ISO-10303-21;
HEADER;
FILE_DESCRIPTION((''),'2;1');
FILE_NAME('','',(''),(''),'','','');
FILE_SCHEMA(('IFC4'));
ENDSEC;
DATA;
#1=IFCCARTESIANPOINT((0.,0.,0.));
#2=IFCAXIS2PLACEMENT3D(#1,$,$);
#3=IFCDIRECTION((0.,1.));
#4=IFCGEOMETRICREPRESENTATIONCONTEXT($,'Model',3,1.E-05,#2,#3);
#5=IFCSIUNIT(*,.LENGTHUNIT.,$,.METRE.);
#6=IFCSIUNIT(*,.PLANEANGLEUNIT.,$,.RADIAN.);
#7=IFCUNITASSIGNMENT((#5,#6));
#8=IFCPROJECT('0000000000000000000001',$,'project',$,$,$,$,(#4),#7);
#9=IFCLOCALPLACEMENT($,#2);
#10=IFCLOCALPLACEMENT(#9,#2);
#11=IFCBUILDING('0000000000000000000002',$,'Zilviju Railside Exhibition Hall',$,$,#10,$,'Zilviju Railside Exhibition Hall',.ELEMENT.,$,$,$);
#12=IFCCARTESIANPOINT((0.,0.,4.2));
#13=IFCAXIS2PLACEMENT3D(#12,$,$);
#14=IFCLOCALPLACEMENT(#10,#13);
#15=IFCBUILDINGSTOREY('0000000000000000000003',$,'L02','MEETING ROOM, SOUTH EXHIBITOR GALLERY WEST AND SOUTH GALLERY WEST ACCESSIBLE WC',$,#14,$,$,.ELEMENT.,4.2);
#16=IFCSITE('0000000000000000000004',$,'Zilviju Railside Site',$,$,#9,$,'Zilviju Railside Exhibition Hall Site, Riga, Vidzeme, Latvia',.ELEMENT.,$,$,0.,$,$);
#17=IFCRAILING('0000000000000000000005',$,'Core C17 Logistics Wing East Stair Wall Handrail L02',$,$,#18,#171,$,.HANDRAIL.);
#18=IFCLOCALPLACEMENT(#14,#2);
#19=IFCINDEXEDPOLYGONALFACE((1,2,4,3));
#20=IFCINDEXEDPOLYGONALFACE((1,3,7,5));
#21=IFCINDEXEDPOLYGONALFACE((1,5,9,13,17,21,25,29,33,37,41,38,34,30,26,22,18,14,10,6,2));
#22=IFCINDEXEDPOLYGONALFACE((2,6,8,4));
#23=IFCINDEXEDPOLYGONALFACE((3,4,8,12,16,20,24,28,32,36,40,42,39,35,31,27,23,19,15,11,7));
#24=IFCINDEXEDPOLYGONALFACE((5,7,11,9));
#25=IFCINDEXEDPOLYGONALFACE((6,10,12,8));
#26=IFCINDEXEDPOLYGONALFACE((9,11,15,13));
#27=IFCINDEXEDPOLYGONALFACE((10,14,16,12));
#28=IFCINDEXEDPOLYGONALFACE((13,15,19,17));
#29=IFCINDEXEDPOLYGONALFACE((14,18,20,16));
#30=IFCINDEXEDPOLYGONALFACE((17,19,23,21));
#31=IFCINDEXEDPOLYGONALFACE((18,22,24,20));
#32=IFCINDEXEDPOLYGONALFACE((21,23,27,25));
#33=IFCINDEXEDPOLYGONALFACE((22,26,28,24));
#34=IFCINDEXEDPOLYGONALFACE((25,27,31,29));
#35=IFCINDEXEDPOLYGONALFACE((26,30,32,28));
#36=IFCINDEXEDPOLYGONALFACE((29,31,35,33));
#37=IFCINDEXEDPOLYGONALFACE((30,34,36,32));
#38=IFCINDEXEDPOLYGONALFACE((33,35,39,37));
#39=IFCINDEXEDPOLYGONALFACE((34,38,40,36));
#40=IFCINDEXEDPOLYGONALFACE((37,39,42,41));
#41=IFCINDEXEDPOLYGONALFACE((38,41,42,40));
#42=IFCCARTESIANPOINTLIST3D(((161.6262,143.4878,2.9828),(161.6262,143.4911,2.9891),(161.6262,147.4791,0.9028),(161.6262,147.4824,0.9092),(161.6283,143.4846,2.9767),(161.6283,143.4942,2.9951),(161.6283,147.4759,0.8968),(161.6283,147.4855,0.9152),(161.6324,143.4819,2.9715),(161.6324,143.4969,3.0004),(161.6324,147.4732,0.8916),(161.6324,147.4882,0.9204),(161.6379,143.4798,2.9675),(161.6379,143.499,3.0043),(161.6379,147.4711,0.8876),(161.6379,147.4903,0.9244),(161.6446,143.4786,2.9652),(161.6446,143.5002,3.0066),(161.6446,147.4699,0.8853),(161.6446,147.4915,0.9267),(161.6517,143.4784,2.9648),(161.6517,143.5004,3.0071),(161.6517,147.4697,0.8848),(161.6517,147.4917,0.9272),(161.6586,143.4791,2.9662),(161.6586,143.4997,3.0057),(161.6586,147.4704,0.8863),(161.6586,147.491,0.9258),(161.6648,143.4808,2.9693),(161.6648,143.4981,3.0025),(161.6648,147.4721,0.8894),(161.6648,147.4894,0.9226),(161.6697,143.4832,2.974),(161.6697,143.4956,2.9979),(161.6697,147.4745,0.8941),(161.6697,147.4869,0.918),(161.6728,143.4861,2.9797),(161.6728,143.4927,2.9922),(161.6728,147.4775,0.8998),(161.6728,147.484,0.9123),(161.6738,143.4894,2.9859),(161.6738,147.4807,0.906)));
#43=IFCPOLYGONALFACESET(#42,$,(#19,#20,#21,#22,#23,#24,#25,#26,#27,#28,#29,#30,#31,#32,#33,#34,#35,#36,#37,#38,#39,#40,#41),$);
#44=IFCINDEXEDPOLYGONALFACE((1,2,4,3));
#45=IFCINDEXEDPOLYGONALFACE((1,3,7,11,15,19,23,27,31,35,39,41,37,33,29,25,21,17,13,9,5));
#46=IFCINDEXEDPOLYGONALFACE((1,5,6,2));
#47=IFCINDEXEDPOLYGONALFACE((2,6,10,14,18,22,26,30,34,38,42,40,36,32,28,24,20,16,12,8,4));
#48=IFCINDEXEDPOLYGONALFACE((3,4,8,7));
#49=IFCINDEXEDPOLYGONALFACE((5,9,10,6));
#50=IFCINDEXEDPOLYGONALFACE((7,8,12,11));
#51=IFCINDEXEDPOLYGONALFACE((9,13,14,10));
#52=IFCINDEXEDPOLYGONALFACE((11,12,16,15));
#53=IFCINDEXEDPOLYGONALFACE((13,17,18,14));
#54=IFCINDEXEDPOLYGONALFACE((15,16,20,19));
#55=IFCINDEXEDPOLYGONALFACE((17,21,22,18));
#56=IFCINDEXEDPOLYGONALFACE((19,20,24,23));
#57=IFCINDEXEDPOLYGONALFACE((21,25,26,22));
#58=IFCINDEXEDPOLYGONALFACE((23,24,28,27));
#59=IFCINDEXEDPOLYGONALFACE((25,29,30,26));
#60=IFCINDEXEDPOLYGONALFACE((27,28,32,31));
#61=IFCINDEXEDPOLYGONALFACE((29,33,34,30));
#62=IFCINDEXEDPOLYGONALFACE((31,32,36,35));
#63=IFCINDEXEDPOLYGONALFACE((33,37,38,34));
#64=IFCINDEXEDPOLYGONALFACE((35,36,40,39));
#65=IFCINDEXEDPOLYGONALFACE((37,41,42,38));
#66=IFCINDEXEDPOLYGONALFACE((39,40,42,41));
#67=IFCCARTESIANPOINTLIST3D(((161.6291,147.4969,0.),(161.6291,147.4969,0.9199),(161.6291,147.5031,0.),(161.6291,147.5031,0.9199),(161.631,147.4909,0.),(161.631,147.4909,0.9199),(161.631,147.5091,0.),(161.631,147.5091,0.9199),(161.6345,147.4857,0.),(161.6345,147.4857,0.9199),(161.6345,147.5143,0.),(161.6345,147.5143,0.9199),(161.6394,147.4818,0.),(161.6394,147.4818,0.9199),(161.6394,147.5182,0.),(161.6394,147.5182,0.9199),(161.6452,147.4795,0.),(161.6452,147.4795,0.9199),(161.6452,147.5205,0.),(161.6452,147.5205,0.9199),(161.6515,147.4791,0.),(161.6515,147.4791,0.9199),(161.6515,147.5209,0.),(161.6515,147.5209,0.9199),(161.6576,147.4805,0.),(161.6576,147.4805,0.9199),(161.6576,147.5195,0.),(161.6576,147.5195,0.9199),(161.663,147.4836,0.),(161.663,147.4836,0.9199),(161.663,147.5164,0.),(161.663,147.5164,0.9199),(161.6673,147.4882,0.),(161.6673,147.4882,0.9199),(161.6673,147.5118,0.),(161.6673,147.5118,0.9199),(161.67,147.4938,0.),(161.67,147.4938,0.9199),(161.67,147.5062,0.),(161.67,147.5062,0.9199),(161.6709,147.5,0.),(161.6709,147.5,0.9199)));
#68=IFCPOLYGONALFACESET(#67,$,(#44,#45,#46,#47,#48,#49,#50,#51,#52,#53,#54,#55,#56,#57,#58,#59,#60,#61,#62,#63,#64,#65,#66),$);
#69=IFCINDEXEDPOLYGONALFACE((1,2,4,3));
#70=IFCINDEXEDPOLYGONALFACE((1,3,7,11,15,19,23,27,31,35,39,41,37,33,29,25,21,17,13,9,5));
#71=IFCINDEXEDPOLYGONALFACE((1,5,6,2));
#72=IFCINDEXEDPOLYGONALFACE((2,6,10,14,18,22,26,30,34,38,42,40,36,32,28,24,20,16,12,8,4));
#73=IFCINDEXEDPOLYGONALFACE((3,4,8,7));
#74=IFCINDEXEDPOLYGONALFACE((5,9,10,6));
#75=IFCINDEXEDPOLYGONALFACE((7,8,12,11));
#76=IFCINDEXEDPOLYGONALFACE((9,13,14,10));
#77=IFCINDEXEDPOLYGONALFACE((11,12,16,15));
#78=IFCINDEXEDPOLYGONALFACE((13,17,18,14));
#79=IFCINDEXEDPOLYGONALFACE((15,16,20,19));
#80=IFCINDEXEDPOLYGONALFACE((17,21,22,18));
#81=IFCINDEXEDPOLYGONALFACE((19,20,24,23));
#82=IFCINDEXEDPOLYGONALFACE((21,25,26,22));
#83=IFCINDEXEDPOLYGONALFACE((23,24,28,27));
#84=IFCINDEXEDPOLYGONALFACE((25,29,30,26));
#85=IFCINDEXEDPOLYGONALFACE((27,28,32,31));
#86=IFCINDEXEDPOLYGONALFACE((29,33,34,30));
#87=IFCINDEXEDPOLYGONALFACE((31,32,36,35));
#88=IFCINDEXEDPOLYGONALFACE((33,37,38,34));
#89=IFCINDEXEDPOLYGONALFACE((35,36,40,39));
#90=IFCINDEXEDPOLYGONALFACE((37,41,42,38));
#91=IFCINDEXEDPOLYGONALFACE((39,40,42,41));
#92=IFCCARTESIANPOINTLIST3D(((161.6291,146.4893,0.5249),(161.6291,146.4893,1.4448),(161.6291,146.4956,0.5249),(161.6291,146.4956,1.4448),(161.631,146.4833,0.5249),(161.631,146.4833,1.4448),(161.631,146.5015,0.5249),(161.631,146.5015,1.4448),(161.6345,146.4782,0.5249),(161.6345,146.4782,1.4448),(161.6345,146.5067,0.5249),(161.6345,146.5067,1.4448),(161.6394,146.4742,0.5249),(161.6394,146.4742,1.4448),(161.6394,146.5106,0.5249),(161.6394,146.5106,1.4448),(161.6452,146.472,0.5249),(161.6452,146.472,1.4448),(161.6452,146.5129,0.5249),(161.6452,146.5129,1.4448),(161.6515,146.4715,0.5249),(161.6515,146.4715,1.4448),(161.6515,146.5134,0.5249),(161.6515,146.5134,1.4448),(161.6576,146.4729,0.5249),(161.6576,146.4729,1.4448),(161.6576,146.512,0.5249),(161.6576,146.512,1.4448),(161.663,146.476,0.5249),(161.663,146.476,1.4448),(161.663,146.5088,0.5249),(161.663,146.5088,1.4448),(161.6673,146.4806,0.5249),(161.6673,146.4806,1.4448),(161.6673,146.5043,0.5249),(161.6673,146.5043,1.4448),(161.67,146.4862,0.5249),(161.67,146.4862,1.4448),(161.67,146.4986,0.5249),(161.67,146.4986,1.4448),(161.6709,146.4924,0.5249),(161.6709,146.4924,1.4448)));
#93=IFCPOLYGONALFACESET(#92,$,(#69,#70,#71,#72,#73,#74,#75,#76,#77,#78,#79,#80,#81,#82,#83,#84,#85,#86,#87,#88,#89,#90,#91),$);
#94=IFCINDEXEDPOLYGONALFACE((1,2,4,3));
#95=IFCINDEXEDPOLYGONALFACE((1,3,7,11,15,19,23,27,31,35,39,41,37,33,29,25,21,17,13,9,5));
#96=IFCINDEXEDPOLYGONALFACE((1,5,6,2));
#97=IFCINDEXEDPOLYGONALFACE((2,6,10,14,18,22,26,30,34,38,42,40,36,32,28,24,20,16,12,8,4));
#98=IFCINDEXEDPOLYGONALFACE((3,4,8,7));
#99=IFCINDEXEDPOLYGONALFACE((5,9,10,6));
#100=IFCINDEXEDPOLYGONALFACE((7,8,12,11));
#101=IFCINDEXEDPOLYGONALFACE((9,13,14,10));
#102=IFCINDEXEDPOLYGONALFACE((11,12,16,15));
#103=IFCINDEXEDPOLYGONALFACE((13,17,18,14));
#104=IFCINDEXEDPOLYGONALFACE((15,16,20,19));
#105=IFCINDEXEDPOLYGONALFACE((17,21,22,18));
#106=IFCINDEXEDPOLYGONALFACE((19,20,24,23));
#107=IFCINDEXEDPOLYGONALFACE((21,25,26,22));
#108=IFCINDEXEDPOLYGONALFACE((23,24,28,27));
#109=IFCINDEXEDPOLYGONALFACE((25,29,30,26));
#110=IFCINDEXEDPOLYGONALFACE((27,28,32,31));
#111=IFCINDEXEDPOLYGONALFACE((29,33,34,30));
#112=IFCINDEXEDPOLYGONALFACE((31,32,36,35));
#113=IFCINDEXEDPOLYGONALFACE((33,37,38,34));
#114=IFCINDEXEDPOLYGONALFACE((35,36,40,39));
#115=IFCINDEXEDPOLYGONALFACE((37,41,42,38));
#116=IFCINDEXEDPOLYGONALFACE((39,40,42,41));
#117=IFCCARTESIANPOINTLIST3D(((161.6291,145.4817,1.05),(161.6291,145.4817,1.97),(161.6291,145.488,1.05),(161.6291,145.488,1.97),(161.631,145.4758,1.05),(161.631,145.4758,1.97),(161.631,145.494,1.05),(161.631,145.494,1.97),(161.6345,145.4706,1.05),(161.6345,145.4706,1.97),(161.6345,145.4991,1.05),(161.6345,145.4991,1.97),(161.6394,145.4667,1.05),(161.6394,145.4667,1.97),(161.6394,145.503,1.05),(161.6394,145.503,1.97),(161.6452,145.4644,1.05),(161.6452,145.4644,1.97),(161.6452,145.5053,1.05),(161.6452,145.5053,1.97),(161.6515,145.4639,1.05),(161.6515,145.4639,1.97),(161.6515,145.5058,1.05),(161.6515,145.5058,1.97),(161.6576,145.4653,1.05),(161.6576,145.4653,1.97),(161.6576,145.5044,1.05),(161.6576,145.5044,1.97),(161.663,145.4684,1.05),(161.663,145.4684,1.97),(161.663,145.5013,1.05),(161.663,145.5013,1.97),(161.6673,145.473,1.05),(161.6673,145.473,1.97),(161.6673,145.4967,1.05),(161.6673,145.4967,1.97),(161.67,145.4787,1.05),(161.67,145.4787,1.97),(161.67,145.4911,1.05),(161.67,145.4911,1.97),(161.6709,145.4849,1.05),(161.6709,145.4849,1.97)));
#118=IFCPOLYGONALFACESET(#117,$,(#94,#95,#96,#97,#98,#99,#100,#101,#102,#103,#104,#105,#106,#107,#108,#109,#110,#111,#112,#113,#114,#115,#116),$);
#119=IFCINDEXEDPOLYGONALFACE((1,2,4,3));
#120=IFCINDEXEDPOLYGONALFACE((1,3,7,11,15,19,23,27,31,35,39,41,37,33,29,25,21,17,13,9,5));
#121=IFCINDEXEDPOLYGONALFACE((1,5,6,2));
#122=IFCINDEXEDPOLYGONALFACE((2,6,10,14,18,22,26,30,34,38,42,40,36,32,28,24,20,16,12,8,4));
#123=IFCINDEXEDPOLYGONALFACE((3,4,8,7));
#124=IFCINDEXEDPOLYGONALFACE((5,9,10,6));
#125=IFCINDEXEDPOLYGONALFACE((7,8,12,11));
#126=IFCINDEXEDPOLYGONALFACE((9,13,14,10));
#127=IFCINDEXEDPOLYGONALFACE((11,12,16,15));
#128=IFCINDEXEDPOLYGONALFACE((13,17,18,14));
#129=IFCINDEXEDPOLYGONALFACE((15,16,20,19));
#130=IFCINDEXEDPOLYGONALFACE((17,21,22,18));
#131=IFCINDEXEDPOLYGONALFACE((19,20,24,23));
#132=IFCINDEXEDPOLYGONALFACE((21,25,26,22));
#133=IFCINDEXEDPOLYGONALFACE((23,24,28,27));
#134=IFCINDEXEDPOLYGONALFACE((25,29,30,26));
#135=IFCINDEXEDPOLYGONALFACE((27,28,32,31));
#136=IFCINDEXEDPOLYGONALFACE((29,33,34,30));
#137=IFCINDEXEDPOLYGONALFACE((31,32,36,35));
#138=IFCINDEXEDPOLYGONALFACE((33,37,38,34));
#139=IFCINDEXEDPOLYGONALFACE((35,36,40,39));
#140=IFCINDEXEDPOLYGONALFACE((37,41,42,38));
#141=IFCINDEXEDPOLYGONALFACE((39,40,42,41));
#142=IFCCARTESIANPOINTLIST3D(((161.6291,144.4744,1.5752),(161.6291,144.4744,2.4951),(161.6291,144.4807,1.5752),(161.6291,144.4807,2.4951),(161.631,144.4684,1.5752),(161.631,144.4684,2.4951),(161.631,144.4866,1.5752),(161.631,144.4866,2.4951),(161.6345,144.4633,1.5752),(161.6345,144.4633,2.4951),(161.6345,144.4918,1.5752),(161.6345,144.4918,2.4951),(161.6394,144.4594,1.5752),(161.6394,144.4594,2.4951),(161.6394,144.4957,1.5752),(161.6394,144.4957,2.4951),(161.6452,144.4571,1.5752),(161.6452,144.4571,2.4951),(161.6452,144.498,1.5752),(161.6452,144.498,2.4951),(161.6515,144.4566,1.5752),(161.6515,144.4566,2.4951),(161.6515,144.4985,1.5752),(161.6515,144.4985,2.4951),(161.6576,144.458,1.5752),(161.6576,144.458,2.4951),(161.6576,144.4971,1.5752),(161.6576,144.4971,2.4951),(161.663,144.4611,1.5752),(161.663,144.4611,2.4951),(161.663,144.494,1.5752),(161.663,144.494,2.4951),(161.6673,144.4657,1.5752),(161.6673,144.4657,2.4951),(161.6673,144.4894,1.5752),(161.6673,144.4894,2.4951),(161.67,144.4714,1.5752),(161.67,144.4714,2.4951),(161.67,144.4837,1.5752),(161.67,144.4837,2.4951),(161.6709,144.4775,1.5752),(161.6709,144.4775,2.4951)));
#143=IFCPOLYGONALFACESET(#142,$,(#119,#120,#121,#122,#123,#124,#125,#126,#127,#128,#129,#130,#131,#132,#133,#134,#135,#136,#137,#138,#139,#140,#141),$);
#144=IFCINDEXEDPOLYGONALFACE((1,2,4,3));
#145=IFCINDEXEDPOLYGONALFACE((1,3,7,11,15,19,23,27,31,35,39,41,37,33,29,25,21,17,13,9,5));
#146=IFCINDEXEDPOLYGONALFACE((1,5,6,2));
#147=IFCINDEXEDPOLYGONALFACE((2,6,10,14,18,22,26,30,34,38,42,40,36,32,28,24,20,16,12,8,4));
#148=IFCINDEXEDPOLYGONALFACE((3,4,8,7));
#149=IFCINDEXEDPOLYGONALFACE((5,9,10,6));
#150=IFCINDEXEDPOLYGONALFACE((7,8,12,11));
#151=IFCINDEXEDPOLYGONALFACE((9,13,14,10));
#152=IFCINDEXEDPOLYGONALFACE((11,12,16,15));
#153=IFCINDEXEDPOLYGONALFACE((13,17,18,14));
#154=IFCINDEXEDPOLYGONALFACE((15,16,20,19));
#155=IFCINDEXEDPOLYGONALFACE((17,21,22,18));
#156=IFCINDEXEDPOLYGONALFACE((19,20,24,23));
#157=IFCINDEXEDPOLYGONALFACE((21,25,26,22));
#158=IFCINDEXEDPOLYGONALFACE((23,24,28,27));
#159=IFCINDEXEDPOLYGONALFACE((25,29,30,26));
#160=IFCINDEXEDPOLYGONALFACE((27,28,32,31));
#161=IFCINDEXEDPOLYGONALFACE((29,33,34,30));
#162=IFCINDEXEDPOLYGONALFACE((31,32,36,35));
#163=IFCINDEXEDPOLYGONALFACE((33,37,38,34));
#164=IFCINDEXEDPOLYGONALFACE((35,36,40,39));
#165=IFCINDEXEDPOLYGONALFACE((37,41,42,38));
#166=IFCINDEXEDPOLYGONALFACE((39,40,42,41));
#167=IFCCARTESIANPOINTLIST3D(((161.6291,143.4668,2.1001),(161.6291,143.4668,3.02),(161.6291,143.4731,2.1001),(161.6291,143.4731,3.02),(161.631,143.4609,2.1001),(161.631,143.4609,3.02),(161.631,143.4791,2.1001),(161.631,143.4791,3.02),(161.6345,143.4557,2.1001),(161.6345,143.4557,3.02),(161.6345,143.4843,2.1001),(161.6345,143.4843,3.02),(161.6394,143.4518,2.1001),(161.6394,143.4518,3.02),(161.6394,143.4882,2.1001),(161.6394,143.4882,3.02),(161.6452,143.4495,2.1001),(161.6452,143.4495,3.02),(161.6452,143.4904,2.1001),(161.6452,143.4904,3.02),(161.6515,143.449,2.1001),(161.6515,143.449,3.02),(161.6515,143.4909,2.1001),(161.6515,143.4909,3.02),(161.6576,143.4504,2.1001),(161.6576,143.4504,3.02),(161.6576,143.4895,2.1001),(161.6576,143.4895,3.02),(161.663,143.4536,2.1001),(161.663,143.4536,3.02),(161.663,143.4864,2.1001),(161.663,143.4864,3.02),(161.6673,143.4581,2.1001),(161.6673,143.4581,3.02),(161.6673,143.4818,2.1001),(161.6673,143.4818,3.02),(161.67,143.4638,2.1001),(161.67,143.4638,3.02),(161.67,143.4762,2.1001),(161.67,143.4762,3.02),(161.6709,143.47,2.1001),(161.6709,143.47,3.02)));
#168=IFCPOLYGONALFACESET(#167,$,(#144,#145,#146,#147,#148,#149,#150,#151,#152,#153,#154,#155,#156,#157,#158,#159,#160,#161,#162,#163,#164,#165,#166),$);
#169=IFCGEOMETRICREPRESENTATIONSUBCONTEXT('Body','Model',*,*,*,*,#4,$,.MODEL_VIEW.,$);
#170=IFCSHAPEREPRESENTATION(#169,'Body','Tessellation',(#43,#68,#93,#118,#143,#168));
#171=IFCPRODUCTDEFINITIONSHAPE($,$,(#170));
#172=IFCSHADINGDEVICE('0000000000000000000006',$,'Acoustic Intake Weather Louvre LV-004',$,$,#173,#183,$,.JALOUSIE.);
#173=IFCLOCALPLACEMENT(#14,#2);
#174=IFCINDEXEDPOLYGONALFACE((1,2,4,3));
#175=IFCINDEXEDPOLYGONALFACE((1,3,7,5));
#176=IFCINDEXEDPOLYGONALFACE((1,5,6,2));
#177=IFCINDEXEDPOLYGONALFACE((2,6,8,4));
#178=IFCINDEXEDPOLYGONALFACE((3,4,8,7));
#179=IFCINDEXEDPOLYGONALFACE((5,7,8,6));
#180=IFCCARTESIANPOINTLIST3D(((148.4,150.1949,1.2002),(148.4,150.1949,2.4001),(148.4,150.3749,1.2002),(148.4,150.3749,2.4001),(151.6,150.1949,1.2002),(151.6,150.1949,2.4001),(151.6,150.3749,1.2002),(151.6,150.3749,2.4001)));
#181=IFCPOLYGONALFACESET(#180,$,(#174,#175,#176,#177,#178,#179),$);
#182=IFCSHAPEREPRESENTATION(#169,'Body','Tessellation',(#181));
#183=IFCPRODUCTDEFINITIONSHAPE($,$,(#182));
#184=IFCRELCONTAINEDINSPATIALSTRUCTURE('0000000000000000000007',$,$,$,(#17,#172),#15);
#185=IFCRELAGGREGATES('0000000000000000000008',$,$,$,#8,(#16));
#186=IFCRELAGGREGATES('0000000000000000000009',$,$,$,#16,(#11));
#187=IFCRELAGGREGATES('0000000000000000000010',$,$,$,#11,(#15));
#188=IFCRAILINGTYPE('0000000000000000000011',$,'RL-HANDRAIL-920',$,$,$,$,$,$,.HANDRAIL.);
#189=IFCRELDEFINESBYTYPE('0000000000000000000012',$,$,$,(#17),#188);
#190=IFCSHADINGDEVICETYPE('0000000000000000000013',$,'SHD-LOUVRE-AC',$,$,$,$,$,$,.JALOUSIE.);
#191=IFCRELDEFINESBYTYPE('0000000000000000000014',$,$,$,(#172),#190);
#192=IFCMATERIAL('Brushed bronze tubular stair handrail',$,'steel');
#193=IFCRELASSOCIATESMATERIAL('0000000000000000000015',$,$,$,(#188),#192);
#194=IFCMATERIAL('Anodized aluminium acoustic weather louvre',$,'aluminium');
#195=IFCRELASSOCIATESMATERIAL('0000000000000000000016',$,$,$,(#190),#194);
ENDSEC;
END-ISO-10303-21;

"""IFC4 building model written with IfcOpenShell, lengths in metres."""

from ifc_helpers import new_model, si_unit, direction, frame, origin, origin_2d, place, context, subcontext, project, spatial, rectangle, circle, extrude, material, type_object, element, save


model = new_model("IFC4")

# Units and contexts
model_context = context("Model", 3, precision=1e-05, world=origin(), true_north=direction((0.0, 1.0)))
body_context = subcontext(model_context, "Body", "Model", "MODEL_VIEW")
ifc_project = project(units=[si_unit("LENGTHUNIT", "METRE"), si_unit("PLANEANGLEUNIT", "RADIAN")], contexts=[model_context])

# Site, building, storey
site_placement = place(None, origin())
site = spatial("IfcSite", under=ifc_project, at=site_placement, Name="Zilviju Railside Site", LongName="Zilviju Railside Exhibition Hall Site, Riga, Vidzeme, Latvia", CompositionType="ELEMENT", RefElevation=0.0)
building_placement = place(site_placement, origin())
building = spatial("IfcBuilding", under=site, at=building_placement, Name="Zilviju Railside Exhibition Hall", LongName="Zilviju Railside Exhibition Hall", CompositionType="ELEMENT")
storey_placement = place(building_placement, frame((0.0, 0.0, 4.2)))
storey = spatial("IfcBuildingStorey", under=building, at=storey_placement, Name="L02", Description="MEETING ROOM, SOUTH EXHIBITOR GALLERY WEST AND SOUTH GALLERY WEST ACCESSIBLE WC", CompositionType="ELEMENT", Elevation=4.2)

# Railing
ifc_material_1 = material(Name="Brushed bronze tubular stair handrail", Category="steel")
railing_type_1 = type_object("IfcRailingType", Name="RL-HANDRAIL-920", PredefinedType="HANDRAIL", material=ifc_material_1)
railing_1_placement = place(storey_placement, frame((161.6499, 147.5, 0.0)))
element("IfcRailing", 1, at=railing_1_placement, inside=storey, type_object=railing_type_1, Name="Core C17 Logistics Wing East Stair Wall Handrail L02", PredefinedType="HANDRAIL", context=body_context, shape_type="SweptSolid", body=[
    extrude(circle(Radius=0.0239, at=origin_2d()), frame((0.0, -0.0193, 0.906), z_axis=(0.0, -0.886813, 0.462129), x_axis=(1.0, 0.0, 0.0)), (0.0, 0.0, 1.0), 4.5007),
    extrude(circle(Radius=0.021, at=origin_2d()), origin(), (0.0, 0.0, 1.0), 0.9199),
    extrude(circle(Radius=0.021, at=origin_2d()), frame((0.0, -1.0076, 0.5249)), (0.0, 0.0, 1.0), 0.9199),
    extrude(circle(Radius=0.021, at=origin_2d()), frame((0.0, -2.0151, 1.05)), (0.0, 0.0, 1.0), 0.9199),
    extrude(circle(Radius=0.021, at=origin_2d()), frame((0.0, -3.0225, 1.5752)), (0.0, 0.0, 1.0), 0.9199),
    extrude(circle(Radius=0.021, at=origin_2d()), frame((0.0, -4.03, 2.1001)), (0.0, 0.0, 1.0), 0.9199),
])

# Shading device
ifc_material_2 = material(Name="Anodized aluminium acoustic weather louvre", Category="aluminium")
shading_device_type = type_object("IfcShadingDeviceType", Name="SHD-LOUVRE-AC", PredefinedType="JALOUSIE", material=ifc_material_2)
shading_device_placement = place(storey_placement, frame((150.0, 150.2849, 1.2002), z_axis=(0.0, 0.0, 1.0), x_axis=(1.0, 0.0, 0.0)))
element("IfcShadingDevice", 2, at=shading_device_placement, inside=storey, type_object=shading_device_type, Name="Acoustic Intake Weather Louvre LV-004", PredefinedType="JALOUSIE", context=body_context, shape_type="SweptSolid", body=[
    extrude(rectangle(XDim=3.2, YDim=0.1799, at=origin_2d()), origin(), (0.0, 0.0, 1.0), 1.2),
])

save(model, "model.ifc")
